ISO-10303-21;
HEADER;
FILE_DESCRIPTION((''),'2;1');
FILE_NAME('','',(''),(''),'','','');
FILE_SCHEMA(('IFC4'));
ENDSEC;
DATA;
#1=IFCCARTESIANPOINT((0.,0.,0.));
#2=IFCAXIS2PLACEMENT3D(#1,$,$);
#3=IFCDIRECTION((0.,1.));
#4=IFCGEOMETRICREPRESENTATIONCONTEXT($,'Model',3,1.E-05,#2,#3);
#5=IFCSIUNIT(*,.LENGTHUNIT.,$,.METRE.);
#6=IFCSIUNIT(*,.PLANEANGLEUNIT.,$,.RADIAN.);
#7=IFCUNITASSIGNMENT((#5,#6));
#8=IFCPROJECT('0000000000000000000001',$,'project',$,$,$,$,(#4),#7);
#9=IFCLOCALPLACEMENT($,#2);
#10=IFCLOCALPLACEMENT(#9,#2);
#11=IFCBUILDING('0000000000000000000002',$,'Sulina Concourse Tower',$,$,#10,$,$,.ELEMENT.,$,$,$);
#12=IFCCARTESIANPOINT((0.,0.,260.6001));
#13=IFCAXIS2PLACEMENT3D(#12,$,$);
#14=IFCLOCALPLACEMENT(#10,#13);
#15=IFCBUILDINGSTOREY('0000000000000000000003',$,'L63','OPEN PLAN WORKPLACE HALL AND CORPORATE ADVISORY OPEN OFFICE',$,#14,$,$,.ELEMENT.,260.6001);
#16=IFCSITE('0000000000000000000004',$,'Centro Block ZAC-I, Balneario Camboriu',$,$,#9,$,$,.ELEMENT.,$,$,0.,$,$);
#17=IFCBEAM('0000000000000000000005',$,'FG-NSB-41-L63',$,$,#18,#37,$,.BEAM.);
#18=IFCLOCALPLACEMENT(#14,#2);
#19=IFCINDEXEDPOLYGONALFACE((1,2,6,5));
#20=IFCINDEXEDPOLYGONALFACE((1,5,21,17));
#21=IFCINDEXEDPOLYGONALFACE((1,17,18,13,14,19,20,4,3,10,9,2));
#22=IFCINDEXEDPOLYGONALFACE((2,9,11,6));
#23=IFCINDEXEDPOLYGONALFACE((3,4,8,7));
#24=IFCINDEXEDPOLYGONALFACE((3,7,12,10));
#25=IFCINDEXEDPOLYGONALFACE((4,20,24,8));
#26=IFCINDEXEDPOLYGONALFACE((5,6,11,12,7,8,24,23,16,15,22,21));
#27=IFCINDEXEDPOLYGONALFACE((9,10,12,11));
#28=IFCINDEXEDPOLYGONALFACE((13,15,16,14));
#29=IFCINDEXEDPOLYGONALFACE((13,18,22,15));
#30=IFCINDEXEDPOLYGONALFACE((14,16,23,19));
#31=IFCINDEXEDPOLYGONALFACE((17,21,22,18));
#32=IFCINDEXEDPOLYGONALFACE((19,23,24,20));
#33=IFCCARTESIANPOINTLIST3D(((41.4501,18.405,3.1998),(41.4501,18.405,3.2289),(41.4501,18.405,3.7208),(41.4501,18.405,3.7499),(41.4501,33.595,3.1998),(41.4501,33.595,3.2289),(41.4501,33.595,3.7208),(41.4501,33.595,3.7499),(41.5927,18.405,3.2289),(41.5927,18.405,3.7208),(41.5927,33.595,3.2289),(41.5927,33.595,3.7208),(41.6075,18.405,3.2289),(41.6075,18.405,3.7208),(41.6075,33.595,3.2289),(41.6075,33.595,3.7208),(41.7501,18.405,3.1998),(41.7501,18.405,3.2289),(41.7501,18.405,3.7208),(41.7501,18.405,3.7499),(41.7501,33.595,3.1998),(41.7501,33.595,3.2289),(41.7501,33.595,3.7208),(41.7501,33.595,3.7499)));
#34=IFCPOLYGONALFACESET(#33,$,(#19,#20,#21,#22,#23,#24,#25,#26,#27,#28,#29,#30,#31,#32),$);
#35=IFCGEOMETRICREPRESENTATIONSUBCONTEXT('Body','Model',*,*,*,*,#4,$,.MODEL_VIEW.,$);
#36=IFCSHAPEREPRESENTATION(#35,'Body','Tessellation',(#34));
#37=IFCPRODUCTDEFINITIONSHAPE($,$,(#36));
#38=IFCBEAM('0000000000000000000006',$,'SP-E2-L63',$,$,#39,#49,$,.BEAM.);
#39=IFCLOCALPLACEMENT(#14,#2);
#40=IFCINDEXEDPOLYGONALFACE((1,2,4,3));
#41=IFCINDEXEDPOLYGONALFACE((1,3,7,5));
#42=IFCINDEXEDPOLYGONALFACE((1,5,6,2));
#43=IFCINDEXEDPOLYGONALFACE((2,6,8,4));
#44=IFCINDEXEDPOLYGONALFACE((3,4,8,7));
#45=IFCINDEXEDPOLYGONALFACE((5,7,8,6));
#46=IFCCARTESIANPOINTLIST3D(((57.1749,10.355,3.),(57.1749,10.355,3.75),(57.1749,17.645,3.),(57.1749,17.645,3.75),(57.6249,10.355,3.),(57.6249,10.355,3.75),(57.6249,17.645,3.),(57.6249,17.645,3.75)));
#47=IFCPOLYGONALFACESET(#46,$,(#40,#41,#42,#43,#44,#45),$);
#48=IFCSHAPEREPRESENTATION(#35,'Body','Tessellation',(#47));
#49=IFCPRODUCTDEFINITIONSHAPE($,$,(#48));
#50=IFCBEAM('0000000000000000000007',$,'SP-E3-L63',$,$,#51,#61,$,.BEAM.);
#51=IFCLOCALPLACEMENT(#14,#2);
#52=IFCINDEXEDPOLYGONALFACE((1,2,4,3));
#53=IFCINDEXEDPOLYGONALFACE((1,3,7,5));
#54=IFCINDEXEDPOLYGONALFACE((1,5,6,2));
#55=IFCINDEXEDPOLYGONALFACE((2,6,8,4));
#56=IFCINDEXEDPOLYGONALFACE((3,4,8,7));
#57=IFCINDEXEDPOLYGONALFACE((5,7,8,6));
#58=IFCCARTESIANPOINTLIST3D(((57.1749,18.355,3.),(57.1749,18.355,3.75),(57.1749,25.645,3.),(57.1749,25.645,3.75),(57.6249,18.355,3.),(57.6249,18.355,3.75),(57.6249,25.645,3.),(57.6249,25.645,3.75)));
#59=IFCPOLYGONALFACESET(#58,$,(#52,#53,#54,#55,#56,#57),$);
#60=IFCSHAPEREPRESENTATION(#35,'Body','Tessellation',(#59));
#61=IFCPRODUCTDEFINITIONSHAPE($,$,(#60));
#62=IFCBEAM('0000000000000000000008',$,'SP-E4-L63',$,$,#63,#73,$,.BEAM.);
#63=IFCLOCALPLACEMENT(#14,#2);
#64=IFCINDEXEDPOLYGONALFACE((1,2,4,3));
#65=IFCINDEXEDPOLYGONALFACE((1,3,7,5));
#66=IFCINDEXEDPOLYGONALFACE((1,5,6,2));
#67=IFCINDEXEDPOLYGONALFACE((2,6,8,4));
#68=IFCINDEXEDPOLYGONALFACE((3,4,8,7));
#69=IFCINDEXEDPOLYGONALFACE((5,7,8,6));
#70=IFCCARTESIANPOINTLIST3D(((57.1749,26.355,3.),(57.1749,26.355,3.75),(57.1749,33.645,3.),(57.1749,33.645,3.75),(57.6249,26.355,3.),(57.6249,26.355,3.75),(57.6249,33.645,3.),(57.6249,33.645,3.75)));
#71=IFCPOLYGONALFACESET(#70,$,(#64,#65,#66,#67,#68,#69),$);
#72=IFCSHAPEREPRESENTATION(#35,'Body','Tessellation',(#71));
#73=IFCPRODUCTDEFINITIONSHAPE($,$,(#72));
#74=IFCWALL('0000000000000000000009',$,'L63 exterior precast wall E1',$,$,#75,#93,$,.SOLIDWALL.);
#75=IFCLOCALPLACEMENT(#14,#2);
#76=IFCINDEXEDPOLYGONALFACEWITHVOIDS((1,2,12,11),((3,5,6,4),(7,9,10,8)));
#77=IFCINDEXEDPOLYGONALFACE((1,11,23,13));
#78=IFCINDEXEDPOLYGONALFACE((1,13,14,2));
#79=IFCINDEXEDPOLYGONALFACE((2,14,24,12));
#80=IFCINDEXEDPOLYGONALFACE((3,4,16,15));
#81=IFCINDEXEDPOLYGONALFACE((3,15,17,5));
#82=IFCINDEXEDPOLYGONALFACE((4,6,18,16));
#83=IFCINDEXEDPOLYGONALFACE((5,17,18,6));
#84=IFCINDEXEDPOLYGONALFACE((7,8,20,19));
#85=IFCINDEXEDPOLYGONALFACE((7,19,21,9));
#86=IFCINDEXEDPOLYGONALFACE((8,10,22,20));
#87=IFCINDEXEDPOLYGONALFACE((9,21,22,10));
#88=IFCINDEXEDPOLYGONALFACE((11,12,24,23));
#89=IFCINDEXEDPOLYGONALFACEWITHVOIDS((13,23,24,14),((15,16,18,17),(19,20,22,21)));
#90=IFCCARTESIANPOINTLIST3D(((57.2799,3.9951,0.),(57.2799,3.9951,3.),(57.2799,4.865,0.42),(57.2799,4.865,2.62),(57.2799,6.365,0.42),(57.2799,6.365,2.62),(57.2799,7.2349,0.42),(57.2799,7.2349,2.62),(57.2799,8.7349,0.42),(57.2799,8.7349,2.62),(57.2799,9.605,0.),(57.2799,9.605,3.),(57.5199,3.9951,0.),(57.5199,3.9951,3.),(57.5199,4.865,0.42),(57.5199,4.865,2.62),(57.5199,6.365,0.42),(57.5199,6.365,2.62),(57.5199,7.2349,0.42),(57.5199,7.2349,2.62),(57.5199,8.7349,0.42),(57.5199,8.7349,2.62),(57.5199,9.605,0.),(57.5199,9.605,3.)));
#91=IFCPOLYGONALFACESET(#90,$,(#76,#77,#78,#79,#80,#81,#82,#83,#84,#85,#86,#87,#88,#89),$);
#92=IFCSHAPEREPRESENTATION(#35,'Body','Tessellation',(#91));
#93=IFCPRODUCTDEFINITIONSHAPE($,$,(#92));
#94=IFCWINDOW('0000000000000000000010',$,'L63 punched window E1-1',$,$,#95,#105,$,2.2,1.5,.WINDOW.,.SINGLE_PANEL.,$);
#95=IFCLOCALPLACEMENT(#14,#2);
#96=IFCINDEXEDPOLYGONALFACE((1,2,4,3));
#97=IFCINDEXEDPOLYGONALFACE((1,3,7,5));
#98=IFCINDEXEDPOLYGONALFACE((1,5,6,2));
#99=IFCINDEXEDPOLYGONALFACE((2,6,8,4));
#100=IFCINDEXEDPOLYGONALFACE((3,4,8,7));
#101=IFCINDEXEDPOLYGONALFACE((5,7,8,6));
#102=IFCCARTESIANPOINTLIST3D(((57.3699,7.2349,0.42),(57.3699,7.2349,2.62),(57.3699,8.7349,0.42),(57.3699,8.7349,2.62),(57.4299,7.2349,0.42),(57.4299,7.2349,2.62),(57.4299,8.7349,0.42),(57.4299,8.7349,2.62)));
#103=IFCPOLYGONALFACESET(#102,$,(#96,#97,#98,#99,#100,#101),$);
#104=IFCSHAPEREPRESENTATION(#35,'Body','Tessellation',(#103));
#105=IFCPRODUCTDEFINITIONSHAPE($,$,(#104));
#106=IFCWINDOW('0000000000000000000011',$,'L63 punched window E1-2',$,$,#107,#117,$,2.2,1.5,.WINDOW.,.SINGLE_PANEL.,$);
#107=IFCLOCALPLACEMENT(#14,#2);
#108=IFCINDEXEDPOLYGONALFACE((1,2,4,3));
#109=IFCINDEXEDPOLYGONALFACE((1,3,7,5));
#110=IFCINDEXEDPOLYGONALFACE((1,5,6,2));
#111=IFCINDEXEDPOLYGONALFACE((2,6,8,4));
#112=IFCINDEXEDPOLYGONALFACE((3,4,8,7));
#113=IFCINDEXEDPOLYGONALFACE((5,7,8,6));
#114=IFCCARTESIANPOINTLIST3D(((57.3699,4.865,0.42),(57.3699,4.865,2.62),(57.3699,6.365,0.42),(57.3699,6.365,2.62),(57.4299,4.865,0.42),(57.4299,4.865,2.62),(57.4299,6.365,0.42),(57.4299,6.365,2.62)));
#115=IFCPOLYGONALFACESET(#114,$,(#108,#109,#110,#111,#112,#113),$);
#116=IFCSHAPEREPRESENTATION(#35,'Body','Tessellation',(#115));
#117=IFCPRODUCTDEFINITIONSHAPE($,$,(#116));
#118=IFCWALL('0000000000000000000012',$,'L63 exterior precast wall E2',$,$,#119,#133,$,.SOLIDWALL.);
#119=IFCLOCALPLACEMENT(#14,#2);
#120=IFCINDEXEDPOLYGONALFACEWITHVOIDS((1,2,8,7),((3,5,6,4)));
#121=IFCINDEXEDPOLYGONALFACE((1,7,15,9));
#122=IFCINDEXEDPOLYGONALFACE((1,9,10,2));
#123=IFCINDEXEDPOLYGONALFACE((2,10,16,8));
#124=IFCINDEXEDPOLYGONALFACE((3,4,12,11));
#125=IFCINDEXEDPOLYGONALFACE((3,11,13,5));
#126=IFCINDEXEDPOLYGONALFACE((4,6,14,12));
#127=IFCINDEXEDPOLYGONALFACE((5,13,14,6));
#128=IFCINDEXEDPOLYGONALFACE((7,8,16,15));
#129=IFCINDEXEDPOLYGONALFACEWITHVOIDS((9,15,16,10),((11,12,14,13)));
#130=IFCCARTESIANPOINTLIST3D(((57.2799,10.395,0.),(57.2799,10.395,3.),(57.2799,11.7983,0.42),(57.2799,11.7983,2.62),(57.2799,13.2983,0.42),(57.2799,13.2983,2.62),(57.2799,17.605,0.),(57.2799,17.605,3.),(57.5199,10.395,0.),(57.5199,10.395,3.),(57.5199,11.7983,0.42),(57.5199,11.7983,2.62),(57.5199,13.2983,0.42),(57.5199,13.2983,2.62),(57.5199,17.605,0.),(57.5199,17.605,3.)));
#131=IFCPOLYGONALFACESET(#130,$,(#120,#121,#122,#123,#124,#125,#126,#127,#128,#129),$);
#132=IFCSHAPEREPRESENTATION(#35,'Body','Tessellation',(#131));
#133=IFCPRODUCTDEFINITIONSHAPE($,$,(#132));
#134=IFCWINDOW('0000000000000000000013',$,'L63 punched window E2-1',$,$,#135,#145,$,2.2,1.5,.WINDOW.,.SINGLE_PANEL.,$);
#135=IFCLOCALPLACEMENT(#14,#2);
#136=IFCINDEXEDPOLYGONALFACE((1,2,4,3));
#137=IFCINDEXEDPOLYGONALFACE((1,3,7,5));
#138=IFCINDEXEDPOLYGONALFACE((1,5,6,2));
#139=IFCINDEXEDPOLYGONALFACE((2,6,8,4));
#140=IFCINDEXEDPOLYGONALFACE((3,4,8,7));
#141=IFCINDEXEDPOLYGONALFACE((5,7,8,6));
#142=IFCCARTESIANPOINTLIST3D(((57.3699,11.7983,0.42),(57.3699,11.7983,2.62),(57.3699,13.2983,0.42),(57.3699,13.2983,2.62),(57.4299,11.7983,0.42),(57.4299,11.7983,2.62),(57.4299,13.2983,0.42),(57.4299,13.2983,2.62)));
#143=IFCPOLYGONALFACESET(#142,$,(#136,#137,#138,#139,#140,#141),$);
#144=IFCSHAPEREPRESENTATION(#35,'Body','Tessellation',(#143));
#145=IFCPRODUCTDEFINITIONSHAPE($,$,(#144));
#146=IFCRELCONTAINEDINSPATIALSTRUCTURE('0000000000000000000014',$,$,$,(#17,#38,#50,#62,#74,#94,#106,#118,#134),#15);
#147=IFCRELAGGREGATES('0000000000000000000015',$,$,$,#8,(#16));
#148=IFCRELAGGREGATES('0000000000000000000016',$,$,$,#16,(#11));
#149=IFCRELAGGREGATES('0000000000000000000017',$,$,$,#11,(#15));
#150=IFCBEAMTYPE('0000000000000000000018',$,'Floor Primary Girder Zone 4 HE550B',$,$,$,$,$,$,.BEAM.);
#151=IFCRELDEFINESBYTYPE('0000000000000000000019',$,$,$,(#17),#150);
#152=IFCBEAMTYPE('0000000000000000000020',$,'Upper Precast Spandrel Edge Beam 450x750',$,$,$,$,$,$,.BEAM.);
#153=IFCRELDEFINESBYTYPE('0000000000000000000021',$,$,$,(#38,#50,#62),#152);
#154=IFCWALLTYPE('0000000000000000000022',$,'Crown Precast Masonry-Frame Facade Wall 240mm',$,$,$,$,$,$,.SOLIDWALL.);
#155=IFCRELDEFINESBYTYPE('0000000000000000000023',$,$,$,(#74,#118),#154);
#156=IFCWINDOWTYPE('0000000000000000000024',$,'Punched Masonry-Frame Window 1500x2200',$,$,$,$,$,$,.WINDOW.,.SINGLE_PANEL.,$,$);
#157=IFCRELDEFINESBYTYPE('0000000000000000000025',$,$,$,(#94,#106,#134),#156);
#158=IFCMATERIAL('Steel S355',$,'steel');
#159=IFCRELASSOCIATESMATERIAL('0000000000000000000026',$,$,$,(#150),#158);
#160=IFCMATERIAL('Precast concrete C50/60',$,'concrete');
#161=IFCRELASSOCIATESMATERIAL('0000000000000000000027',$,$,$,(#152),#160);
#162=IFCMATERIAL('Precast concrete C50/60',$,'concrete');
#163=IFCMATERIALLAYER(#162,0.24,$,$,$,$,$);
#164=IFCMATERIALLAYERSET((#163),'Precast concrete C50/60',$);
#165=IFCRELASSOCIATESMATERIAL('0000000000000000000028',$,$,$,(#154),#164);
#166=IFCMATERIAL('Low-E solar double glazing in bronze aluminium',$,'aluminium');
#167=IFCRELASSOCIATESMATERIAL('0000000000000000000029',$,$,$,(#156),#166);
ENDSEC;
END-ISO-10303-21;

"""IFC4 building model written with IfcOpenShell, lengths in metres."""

from ifc_helpers import new_model, si_unit, direction, frame, frame_2d, origin, origin_2d, place, context, subcontext, project, spatial, rectangle, i_section, extrude, material, layer, layer_set, material_profile, profile_set, type_object, element, fill, save


model = new_model("IFC4")

# Units and contexts
model_context = context("Model", 3, precision=1e-05, world=origin(), true_north=direction((0.0, 1.0)))
body_context = subcontext(model_context, "Body", "Model", "MODEL_VIEW")
ifc_project = project(units=[si_unit("LENGTHUNIT", "METRE"), si_unit("PLANEANGLEUNIT", "RADIAN")], contexts=[model_context])

# Site, building, storey
site_placement = place(None, origin())
site = spatial("IfcSite", under=ifc_project, at=site_placement, Name="Centro Block ZAC-I, Balneario Camboriu", CompositionType="ELEMENT", RefElevation=0.0)
building_placement = place(site_placement, origin())
building = spatial("IfcBuilding", under=site, at=building_placement, Name="Sulina Concourse Tower", CompositionType="ELEMENT")
storey_placement = place(building_placement, frame((0.0, 0.0, 260.6001)))
storey = spatial("IfcBuildingStorey", under=building, at=storey_placement, Name="L63", Description="OPEN PLAN WORKPLACE HALL AND CORPORATE ADVISORY OPEN OFFICE", CompositionType="ELEMENT", Elevation=260.6001)

# Beams
ifc_material_1 = material(Name="Steel S355", Category="steel")
ifc_material_profile_1 = material_profile(ifc_material_1, i_section(OverallWidth=0.3, OverallDepth=0.55, WebThickness=0.0149, FlangeThickness=0.0291, at=origin_2d()), Name="HE 550 B")
ifc_profile_set_1 = profile_set([ifc_material_profile_1], Name="Steel S355")
beam_type_1 = type_object("IfcBeamType", Name="Floor Primary Girder Zone 4 HE550B", PredefinedType="BEAM", material=ifc_profile_set_1)
beam_1_placement = place(storey_placement, frame((41.6001, 18.405, 3.4749), z_axis=(0.0, 1.0, 0.0), x_axis=(-1.0, 0.0, 0.0)))
element("IfcBeam", 1, at=beam_1_placement, inside=storey, type_object=beam_type_1, Name="FG-NSB-41-L63", PredefinedType="BEAM", context=body_context, shape_type="SweptSolid", body=[
    extrude(i_section(OverallWidth=0.3, OverallDepth=0.55, WebThickness=0.0149, FlangeThickness=0.0291, at=origin_2d()), origin(), (0.0, 0.0, 1.0), 15.1899),
])
ifc_material_2 = material(Name="Precast concrete C50/60", Category="concrete")
ifc_material_profile_2 = material_profile(ifc_material_2, rectangle(XDim=0.45, YDim=0.75, at=origin_2d()), Name="RC 450x750")
ifc_profile_set_2 = profile_set([ifc_material_profile_2], Name="Precast concrete C50/60")
beam_type_2 = type_object("IfcBeamType", Name="Upper Precast Spandrel Edge Beam 450x750", PredefinedType="BEAM", material=ifc_profile_set_2)
for number, where, z_axis, x_axis, name in (
    (2, (57.3999, 10.355, 3.375), (0.0, 1.0, 0.0), (-1.0, 0.0, 0.0), "SP-E2-L63"),
    (3, (57.3999, 18.355, 3.375), (0.0, 1.0, 0.0), (-1.0, 0.0, 0.0), "SP-E3-L63"),
    (4, (57.3999, 26.355, 3.375), (0.0, 1.0, 0.0), (-1.0, 0.0, 0.0), "SP-E4-L63"),
):
    element("IfcBeam", number, at=place(storey_placement, frame(where, z_axis=z_axis, x_axis=x_axis)), inside=storey, type_object=beam_type_2, Name=name, PredefinedType="BEAM", context=body_context, shape_type="SweptSolid", body=[
        extrude(rectangle(XDim=0.45, YDim=0.75, at=origin_2d()), origin(), (0.0, 0.0, 1.0), 7.29),
    ])

# Wall, openings, windows
ifc_material_3 = material(Name="Precast concrete C50/60", Category="concrete")
ifc_layer_1 = layer(ifc_material_3, 0.24)
ifc_layer_set_1 = layer_set([ifc_layer_1], Name="Precast concrete C50/60")
wall_type_1 = type_object("IfcWallType", Name="Crown Precast Masonry-Frame Facade Wall 240mm", PredefinedType="SOLIDWALL", material=ifc_layer_set_1)
wall_1_placement = place(storey_placement, frame((57.3999, 9.605, 0.0), z_axis=(0.0, 0.0, 1.0), x_axis=(0.0, -1.0, 0.0)))
wall_1 = element("IfcWall", 5, at=wall_1_placement, inside=storey, type_object=wall_type_1, Name="L63 exterior precast wall E1", PredefinedType="SOLIDWALL", context=body_context, shape_type="SweptSolid", body=[
    extrude(rectangle(XDim=5.6099, YDim=0.24, at=frame_2d((2.8049, 0.0))), origin(), (0.0, 0.0, 1.0), 3.0),
])
opening_1_placement = place(wall_1_placement, frame((0.8701, 0.0, 0.4199)))
opening_1 = element("IfcOpeningElement", 6, at=opening_1_placement, cuts=wall_1, PredefinedType="OPENING", context=body_context, shape_type="SweptSolid", body=[
    extrude(rectangle(XDim=1.5, YDim=2.2, at=frame_2d((0.75, 1.1001))), frame((0.0, 0.1299, 0.0), z_axis=(0.0, -1.0, 0.0), x_axis=(1.0, 0.0, 0.0)), (0.0, 0.0, 1.0), 0.26),
])
opening_2_placement = place(wall_1_placement, frame((3.24, 0.0, 0.4199)))
opening_2 = element("IfcOpeningElement", 7, at=opening_2_placement, cuts=wall_1, PredefinedType="OPENING", context=body_context, shape_type="SweptSolid", body=[
    extrude(rectangle(XDim=1.5, YDim=2.2, at=frame_2d((0.75, 1.1001))), frame((0.0, 0.1299, 0.0), z_axis=(0.0, -1.0, 0.0), x_axis=(1.0, 0.0, 0.0)), (0.0, 0.0, 1.0), 0.26),
])
ifc_material_4 = material(Name="Low-E solar double glazing in bronze aluminium", Category="aluminium")
window_type = type_object("IfcWindowType", Name="Punched Masonry-Frame Window 1500x2200", PartitioningType="SINGLE_PANEL", PredefinedType="WINDOW", material=ifc_material_4)
window_1_placement = place(opening_1_placement, origin())
window_1 = element("IfcWindow", 8, at=window_1_placement, inside=storey, type_object=window_type, Name="L63 punched window E1-1", OverallHeight=2.2, OverallWidth=1.5, PartitioningType="SINGLE_PANEL", PredefinedType="WINDOW", context=body_context, shape_type="SweptSolid", body=[
    extrude(rectangle(XDim=1.5, YDim=2.2, at=frame_2d((0.75, 1.1001))), frame((0.0, 0.03, 0.0), z_axis=(0.0, -1.0, 0.0), x_axis=(1.0, 0.0, 0.0)), (0.0, 0.0, 1.0), 0.0601),
])
fill(opening_1, window_1)
window_2_placement = place(opening_2_placement, origin())
window_2 = element("IfcWindow", 9, at=window_2_placement, inside=storey, type_object=window_type, Name="L63 punched window E1-2", OverallHeight=2.2, OverallWidth=1.5, PartitioningType="SINGLE_PANEL", PredefinedType="WINDOW", context=body_context, shape_type="SweptSolid", body=[
    extrude(rectangle(XDim=1.5, YDim=2.2, at=frame_2d((0.75, 1.1001))), frame((0.0, 0.03, 0.0), z_axis=(0.0, -1.0, 0.0), x_axis=(1.0, 0.0, 0.0)), (0.0, 0.0, 1.0), 0.0601),
])
fill(opening_2, window_2)

# Wall, opening, window
wall_2_placement = place(storey_placement, frame((57.3999, 17.605, 0.0), z_axis=(0.0, 0.0, 1.0), x_axis=(0.0, -1.0, 0.0)))
wall_2 = element("IfcWall", 10, at=wall_2_placement, inside=storey, type_object=wall_type_1, Name="L63 exterior precast wall E2", PredefinedType="SOLIDWALL", context=body_context, shape_type="SweptSolid", body=[
    extrude(rectangle(XDim=7.21, YDim=0.24, at=frame_2d((3.605, 0.0))), origin(), (0.0, 0.0, 1.0), 3.0),
])
opening_3_placement = place(wall_2_placement, frame((4.3066, 0.0, 0.4199)))
opening_3 = element("IfcOpeningElement", 11, at=opening_3_placement, cuts=wall_2, PredefinedType="OPENING", context=body_context, shape_type="SweptSolid", body=[
    extrude(rectangle(XDim=1.5, YDim=2.2, at=frame_2d((0.75, 1.1001))), frame((0.0, 0.1299, 0.0), z_axis=(0.0, -1.0, 0.0), x_axis=(1.0, 0.0, 0.0)), (0.0, 0.0, 1.0), 0.26),
])
window_3_placement = place(opening_3_placement, origin())
window_3 = element("IfcWindow", 12, at=window_3_placement, inside=storey, type_object=window_type, Name="L63 punched window E2-1", OverallHeight=2.2, OverallWidth=1.5, PartitioningType="SINGLE_PANEL", PredefinedType="WINDOW", context=body_context, shape_type="SweptSolid", body=[
    extrude(rectangle(XDim=1.5, YDim=2.2, at=frame_2d((0.75, 1.1001))), frame((0.0, 0.03, 0.0), z_axis=(0.0, -1.0, 0.0), x_axis=(1.0, 0.0, 0.0)), (0.0, 0.0, 1.0), 0.0601),
])
fill(opening_3, window_3)

save(model, "model.ifc")
